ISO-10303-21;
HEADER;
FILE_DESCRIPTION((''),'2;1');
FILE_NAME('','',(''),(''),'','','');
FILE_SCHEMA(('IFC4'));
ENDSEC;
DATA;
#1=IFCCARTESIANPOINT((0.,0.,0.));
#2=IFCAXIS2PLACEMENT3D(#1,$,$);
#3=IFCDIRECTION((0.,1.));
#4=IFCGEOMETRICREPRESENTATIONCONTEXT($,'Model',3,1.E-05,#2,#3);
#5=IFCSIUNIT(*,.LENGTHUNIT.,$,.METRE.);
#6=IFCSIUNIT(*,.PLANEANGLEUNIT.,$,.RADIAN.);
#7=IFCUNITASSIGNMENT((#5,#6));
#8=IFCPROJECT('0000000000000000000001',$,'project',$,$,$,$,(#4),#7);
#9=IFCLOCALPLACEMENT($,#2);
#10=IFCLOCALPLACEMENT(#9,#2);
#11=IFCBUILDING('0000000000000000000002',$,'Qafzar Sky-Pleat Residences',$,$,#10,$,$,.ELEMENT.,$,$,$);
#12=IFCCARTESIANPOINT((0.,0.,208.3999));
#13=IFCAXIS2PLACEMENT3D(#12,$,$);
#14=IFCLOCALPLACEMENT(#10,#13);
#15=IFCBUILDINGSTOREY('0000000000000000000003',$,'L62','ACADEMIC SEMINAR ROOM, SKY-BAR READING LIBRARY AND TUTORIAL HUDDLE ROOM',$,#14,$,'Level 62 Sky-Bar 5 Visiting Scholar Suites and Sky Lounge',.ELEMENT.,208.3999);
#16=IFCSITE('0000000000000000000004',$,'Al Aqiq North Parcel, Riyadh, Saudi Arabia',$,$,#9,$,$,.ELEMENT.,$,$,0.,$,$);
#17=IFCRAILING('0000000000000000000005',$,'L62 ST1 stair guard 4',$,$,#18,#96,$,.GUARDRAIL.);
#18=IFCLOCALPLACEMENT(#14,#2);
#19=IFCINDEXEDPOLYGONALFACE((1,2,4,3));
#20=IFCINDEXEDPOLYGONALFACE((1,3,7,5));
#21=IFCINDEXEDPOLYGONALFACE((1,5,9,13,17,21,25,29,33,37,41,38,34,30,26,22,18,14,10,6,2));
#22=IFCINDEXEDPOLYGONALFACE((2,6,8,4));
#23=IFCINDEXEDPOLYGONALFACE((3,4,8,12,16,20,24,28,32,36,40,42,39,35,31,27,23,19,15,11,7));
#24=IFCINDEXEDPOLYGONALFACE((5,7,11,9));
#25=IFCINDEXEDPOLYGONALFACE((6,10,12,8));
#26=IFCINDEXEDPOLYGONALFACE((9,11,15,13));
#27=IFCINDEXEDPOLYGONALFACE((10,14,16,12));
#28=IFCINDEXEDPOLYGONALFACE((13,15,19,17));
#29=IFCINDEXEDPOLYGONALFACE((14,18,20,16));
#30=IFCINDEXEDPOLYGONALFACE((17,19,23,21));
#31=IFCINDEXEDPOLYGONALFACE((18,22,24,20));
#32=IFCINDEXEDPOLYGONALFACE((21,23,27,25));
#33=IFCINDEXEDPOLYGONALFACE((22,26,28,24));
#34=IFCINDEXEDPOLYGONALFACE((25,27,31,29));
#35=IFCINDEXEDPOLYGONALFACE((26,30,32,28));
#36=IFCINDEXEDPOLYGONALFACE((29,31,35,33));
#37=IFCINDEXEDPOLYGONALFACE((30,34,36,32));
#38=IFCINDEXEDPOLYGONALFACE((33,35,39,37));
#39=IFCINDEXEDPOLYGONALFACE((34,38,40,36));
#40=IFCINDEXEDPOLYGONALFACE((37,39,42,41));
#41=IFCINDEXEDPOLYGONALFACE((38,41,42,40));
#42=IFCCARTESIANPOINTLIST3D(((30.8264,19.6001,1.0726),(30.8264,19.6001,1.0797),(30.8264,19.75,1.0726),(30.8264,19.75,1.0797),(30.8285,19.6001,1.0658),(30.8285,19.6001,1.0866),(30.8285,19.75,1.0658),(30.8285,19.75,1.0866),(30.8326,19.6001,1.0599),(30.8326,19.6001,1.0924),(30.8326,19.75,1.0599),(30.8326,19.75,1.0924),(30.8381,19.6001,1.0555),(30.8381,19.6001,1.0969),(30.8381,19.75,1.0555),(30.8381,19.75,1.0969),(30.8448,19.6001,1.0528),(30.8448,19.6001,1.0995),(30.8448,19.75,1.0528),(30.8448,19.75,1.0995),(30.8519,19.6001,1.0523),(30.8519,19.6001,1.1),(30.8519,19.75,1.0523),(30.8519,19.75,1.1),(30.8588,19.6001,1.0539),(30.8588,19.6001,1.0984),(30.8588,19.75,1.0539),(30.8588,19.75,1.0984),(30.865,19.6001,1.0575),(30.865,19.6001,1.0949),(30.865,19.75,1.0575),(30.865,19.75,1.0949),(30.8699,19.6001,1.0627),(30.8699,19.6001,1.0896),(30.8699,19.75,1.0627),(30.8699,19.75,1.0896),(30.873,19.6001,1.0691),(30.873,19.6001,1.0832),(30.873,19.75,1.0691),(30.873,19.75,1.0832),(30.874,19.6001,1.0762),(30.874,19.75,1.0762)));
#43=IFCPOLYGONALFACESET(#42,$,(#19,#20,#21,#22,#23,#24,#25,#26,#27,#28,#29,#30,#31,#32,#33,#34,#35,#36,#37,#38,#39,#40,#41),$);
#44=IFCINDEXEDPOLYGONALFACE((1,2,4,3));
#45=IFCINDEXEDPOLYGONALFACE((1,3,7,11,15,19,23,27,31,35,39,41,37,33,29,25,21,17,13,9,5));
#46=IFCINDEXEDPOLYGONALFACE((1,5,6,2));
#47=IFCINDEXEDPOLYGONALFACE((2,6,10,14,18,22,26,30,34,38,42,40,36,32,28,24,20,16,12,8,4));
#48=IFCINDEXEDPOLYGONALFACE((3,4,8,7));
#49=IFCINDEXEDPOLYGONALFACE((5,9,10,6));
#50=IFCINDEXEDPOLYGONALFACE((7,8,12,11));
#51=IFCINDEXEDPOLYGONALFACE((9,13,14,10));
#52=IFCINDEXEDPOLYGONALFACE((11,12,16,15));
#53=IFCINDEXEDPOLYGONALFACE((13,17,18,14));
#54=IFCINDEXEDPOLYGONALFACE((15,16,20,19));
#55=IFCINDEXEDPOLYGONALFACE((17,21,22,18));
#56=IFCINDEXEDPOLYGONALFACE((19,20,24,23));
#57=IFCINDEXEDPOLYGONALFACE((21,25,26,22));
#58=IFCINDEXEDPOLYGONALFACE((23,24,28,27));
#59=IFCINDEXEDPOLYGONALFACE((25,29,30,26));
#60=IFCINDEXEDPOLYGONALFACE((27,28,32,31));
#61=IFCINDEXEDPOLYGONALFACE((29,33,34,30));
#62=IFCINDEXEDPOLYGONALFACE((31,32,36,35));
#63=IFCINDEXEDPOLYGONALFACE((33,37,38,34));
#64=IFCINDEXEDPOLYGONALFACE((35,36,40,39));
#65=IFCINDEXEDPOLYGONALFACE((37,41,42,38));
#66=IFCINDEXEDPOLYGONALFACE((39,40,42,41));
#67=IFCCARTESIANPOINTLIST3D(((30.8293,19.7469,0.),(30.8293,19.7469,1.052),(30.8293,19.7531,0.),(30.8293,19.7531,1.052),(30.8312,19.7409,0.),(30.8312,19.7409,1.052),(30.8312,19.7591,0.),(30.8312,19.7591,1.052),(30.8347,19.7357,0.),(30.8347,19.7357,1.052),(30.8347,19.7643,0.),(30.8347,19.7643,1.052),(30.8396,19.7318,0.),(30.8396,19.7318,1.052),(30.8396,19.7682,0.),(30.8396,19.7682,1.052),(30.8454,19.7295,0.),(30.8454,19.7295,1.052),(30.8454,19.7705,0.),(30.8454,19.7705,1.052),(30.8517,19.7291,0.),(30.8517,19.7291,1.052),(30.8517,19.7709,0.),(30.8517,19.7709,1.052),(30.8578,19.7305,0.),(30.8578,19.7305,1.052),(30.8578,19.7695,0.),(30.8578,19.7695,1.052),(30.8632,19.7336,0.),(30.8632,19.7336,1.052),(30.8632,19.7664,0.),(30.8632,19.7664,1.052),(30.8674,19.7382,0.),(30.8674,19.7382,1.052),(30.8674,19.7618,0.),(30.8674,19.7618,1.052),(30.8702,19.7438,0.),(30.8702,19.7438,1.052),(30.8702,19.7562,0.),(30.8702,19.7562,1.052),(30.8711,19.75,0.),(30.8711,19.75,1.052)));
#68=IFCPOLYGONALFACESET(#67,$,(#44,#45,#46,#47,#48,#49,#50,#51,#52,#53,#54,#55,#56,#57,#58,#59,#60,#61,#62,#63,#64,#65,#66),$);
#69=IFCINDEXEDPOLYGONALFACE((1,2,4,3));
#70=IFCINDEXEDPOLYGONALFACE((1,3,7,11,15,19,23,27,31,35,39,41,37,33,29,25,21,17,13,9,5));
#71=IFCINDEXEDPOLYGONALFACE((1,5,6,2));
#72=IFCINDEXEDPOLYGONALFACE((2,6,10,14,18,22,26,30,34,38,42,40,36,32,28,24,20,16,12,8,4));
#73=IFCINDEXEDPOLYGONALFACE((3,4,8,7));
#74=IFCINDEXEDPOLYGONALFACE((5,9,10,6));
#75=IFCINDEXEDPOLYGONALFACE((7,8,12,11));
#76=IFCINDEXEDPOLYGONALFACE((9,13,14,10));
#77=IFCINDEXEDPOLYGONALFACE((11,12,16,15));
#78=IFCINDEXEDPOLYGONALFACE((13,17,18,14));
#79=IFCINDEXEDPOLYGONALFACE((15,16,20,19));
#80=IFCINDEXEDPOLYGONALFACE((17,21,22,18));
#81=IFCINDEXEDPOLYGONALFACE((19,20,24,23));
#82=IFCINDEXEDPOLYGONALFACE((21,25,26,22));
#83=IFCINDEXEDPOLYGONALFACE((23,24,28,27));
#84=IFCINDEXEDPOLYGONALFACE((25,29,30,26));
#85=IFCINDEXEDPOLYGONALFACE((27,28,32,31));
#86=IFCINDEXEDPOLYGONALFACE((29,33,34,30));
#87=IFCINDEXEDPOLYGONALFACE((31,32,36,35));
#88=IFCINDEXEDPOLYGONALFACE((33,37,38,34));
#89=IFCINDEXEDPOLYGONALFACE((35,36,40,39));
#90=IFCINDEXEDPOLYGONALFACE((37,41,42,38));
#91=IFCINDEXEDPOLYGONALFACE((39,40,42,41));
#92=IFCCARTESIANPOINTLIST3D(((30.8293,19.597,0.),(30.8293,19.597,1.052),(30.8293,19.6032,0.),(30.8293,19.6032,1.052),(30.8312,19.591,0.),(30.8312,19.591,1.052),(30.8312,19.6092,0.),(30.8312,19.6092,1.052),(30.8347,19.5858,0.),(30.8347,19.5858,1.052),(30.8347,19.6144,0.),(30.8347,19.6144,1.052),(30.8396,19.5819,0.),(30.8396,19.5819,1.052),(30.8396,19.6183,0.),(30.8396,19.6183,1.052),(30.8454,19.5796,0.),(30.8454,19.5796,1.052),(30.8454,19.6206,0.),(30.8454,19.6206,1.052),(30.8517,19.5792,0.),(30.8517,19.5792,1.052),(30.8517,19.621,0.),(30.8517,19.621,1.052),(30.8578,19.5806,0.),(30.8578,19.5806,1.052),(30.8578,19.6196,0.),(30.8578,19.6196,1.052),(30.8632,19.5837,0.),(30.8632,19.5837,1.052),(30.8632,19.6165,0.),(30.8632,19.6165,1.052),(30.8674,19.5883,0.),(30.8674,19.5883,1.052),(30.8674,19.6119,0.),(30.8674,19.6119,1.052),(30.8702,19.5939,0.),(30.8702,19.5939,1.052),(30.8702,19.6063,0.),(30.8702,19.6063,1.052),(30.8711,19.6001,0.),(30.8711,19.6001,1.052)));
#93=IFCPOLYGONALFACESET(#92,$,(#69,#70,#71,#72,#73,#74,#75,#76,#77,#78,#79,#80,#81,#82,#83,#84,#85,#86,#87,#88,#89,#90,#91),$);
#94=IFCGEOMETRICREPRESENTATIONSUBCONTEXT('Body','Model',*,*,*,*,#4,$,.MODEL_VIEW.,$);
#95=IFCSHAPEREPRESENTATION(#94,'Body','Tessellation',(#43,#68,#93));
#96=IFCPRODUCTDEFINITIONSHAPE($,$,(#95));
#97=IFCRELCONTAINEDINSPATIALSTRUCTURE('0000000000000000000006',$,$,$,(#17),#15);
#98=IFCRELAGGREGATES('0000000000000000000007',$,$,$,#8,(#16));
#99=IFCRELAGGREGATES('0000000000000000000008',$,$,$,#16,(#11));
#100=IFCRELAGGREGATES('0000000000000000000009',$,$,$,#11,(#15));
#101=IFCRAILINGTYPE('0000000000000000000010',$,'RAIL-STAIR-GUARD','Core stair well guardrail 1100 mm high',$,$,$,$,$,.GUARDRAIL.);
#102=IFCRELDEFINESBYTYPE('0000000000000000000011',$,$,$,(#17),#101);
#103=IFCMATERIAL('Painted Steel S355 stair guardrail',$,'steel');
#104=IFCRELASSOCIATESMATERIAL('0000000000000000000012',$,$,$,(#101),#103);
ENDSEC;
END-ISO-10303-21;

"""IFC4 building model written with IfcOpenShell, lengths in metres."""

from ifc_helpers import new_model, si_unit, direction, frame, origin, origin_2d, place, context, subcontext, project, spatial, circle, extrude, source, transform, mapped, material, type_object, element, save


model = new_model("IFC4")

# Units and contexts
model_context = context("Model", 3, precision=1e-05, world=origin(), true_north=direction((0.0, 1.0)))
body_context = subcontext(model_context, "Body", "Model", "MODEL_VIEW")
ifc_project = project(units=[si_unit("LENGTHUNIT", "METRE"), si_unit("PLANEANGLEUNIT", "RADIAN")], contexts=[model_context])

# Site, building, storey
site_placement = place(None, origin())
site = spatial("IfcSite", under=ifc_project, at=site_placement, Name="Al Aqiq North Parcel, Riyadh, Saudi Arabia", CompositionType="ELEMENT", RefElevation=0.0)
building_placement = place(site_placement, origin())
building = spatial("IfcBuilding", under=site, at=building_placement, Name="Qafzar Sky-Pleat Residences", CompositionType="ELEMENT")
storey_placement = place(building_placement, frame((0.0, 0.0, 208.3999)))
storey = spatial("IfcBuildingStorey", under=building, at=storey_placement, Name="L62", Description="ACADEMIC SEMINAR ROOM, SKY-BAR READING LIBRARY AND TUTORIAL HUDDLE ROOM", LongName="Level 62 Sky-Bar 5 Visiting Scholar Suites and Sky Lounge", CompositionType="ELEMENT", Elevation=208.3999)

# Railing
ifc_material_1 = material(Name="Painted Steel S355 stair guardrail", Category="steel")
railing_type_1 = type_object("IfcRailingType", Name="RAIL-STAIR-GUARD", Description="Core stair well guardrail 1100 mm high", PredefinedType="GUARDRAIL", material=ifc_material_1)
shared_shape_1 = source(origin(), body_context, "Body", "SweptSolid", [
    extrude(circle(Radius=0.0239, at=origin_2d()), frame((0.0, 0.0, 1.0762), z_axis=(0.0, -1.0, 0.0), x_axis=(1.0, 0.0, 0.0)), (0.0, 0.0, 1.0), 0.1499),
    extrude(circle(Radius=0.021, at=origin_2d()), origin(), (0.0, 0.0, 1.0), 1.052),
    extrude(circle(Radius=0.021, at=origin_2d()), frame((0.0, -0.1499, 0.0)), (0.0, 0.0, 1.0), 1.052),
])
railing_1_placement = place(storey_placement, frame((30.8501, 19.75, 0.0)))
element("IfcRailing", 1, at=railing_1_placement, inside=storey, type_object=railing_type_1, Name="L62 ST1 stair guard 4", PredefinedType="GUARDRAIL", context=body_context, shape_type="MappedRepresentation", body=[
    mapped(shared_shape_1, transform((0.0, 0.0, 0.0), x_axis=(1.0, 0.0, 0.0), y_axis=(0.0, 1.0, 0.0), z_axis=(0.0, 0.0, 1.0), scale=1.0)),
])

save(model, "model.ifc")
